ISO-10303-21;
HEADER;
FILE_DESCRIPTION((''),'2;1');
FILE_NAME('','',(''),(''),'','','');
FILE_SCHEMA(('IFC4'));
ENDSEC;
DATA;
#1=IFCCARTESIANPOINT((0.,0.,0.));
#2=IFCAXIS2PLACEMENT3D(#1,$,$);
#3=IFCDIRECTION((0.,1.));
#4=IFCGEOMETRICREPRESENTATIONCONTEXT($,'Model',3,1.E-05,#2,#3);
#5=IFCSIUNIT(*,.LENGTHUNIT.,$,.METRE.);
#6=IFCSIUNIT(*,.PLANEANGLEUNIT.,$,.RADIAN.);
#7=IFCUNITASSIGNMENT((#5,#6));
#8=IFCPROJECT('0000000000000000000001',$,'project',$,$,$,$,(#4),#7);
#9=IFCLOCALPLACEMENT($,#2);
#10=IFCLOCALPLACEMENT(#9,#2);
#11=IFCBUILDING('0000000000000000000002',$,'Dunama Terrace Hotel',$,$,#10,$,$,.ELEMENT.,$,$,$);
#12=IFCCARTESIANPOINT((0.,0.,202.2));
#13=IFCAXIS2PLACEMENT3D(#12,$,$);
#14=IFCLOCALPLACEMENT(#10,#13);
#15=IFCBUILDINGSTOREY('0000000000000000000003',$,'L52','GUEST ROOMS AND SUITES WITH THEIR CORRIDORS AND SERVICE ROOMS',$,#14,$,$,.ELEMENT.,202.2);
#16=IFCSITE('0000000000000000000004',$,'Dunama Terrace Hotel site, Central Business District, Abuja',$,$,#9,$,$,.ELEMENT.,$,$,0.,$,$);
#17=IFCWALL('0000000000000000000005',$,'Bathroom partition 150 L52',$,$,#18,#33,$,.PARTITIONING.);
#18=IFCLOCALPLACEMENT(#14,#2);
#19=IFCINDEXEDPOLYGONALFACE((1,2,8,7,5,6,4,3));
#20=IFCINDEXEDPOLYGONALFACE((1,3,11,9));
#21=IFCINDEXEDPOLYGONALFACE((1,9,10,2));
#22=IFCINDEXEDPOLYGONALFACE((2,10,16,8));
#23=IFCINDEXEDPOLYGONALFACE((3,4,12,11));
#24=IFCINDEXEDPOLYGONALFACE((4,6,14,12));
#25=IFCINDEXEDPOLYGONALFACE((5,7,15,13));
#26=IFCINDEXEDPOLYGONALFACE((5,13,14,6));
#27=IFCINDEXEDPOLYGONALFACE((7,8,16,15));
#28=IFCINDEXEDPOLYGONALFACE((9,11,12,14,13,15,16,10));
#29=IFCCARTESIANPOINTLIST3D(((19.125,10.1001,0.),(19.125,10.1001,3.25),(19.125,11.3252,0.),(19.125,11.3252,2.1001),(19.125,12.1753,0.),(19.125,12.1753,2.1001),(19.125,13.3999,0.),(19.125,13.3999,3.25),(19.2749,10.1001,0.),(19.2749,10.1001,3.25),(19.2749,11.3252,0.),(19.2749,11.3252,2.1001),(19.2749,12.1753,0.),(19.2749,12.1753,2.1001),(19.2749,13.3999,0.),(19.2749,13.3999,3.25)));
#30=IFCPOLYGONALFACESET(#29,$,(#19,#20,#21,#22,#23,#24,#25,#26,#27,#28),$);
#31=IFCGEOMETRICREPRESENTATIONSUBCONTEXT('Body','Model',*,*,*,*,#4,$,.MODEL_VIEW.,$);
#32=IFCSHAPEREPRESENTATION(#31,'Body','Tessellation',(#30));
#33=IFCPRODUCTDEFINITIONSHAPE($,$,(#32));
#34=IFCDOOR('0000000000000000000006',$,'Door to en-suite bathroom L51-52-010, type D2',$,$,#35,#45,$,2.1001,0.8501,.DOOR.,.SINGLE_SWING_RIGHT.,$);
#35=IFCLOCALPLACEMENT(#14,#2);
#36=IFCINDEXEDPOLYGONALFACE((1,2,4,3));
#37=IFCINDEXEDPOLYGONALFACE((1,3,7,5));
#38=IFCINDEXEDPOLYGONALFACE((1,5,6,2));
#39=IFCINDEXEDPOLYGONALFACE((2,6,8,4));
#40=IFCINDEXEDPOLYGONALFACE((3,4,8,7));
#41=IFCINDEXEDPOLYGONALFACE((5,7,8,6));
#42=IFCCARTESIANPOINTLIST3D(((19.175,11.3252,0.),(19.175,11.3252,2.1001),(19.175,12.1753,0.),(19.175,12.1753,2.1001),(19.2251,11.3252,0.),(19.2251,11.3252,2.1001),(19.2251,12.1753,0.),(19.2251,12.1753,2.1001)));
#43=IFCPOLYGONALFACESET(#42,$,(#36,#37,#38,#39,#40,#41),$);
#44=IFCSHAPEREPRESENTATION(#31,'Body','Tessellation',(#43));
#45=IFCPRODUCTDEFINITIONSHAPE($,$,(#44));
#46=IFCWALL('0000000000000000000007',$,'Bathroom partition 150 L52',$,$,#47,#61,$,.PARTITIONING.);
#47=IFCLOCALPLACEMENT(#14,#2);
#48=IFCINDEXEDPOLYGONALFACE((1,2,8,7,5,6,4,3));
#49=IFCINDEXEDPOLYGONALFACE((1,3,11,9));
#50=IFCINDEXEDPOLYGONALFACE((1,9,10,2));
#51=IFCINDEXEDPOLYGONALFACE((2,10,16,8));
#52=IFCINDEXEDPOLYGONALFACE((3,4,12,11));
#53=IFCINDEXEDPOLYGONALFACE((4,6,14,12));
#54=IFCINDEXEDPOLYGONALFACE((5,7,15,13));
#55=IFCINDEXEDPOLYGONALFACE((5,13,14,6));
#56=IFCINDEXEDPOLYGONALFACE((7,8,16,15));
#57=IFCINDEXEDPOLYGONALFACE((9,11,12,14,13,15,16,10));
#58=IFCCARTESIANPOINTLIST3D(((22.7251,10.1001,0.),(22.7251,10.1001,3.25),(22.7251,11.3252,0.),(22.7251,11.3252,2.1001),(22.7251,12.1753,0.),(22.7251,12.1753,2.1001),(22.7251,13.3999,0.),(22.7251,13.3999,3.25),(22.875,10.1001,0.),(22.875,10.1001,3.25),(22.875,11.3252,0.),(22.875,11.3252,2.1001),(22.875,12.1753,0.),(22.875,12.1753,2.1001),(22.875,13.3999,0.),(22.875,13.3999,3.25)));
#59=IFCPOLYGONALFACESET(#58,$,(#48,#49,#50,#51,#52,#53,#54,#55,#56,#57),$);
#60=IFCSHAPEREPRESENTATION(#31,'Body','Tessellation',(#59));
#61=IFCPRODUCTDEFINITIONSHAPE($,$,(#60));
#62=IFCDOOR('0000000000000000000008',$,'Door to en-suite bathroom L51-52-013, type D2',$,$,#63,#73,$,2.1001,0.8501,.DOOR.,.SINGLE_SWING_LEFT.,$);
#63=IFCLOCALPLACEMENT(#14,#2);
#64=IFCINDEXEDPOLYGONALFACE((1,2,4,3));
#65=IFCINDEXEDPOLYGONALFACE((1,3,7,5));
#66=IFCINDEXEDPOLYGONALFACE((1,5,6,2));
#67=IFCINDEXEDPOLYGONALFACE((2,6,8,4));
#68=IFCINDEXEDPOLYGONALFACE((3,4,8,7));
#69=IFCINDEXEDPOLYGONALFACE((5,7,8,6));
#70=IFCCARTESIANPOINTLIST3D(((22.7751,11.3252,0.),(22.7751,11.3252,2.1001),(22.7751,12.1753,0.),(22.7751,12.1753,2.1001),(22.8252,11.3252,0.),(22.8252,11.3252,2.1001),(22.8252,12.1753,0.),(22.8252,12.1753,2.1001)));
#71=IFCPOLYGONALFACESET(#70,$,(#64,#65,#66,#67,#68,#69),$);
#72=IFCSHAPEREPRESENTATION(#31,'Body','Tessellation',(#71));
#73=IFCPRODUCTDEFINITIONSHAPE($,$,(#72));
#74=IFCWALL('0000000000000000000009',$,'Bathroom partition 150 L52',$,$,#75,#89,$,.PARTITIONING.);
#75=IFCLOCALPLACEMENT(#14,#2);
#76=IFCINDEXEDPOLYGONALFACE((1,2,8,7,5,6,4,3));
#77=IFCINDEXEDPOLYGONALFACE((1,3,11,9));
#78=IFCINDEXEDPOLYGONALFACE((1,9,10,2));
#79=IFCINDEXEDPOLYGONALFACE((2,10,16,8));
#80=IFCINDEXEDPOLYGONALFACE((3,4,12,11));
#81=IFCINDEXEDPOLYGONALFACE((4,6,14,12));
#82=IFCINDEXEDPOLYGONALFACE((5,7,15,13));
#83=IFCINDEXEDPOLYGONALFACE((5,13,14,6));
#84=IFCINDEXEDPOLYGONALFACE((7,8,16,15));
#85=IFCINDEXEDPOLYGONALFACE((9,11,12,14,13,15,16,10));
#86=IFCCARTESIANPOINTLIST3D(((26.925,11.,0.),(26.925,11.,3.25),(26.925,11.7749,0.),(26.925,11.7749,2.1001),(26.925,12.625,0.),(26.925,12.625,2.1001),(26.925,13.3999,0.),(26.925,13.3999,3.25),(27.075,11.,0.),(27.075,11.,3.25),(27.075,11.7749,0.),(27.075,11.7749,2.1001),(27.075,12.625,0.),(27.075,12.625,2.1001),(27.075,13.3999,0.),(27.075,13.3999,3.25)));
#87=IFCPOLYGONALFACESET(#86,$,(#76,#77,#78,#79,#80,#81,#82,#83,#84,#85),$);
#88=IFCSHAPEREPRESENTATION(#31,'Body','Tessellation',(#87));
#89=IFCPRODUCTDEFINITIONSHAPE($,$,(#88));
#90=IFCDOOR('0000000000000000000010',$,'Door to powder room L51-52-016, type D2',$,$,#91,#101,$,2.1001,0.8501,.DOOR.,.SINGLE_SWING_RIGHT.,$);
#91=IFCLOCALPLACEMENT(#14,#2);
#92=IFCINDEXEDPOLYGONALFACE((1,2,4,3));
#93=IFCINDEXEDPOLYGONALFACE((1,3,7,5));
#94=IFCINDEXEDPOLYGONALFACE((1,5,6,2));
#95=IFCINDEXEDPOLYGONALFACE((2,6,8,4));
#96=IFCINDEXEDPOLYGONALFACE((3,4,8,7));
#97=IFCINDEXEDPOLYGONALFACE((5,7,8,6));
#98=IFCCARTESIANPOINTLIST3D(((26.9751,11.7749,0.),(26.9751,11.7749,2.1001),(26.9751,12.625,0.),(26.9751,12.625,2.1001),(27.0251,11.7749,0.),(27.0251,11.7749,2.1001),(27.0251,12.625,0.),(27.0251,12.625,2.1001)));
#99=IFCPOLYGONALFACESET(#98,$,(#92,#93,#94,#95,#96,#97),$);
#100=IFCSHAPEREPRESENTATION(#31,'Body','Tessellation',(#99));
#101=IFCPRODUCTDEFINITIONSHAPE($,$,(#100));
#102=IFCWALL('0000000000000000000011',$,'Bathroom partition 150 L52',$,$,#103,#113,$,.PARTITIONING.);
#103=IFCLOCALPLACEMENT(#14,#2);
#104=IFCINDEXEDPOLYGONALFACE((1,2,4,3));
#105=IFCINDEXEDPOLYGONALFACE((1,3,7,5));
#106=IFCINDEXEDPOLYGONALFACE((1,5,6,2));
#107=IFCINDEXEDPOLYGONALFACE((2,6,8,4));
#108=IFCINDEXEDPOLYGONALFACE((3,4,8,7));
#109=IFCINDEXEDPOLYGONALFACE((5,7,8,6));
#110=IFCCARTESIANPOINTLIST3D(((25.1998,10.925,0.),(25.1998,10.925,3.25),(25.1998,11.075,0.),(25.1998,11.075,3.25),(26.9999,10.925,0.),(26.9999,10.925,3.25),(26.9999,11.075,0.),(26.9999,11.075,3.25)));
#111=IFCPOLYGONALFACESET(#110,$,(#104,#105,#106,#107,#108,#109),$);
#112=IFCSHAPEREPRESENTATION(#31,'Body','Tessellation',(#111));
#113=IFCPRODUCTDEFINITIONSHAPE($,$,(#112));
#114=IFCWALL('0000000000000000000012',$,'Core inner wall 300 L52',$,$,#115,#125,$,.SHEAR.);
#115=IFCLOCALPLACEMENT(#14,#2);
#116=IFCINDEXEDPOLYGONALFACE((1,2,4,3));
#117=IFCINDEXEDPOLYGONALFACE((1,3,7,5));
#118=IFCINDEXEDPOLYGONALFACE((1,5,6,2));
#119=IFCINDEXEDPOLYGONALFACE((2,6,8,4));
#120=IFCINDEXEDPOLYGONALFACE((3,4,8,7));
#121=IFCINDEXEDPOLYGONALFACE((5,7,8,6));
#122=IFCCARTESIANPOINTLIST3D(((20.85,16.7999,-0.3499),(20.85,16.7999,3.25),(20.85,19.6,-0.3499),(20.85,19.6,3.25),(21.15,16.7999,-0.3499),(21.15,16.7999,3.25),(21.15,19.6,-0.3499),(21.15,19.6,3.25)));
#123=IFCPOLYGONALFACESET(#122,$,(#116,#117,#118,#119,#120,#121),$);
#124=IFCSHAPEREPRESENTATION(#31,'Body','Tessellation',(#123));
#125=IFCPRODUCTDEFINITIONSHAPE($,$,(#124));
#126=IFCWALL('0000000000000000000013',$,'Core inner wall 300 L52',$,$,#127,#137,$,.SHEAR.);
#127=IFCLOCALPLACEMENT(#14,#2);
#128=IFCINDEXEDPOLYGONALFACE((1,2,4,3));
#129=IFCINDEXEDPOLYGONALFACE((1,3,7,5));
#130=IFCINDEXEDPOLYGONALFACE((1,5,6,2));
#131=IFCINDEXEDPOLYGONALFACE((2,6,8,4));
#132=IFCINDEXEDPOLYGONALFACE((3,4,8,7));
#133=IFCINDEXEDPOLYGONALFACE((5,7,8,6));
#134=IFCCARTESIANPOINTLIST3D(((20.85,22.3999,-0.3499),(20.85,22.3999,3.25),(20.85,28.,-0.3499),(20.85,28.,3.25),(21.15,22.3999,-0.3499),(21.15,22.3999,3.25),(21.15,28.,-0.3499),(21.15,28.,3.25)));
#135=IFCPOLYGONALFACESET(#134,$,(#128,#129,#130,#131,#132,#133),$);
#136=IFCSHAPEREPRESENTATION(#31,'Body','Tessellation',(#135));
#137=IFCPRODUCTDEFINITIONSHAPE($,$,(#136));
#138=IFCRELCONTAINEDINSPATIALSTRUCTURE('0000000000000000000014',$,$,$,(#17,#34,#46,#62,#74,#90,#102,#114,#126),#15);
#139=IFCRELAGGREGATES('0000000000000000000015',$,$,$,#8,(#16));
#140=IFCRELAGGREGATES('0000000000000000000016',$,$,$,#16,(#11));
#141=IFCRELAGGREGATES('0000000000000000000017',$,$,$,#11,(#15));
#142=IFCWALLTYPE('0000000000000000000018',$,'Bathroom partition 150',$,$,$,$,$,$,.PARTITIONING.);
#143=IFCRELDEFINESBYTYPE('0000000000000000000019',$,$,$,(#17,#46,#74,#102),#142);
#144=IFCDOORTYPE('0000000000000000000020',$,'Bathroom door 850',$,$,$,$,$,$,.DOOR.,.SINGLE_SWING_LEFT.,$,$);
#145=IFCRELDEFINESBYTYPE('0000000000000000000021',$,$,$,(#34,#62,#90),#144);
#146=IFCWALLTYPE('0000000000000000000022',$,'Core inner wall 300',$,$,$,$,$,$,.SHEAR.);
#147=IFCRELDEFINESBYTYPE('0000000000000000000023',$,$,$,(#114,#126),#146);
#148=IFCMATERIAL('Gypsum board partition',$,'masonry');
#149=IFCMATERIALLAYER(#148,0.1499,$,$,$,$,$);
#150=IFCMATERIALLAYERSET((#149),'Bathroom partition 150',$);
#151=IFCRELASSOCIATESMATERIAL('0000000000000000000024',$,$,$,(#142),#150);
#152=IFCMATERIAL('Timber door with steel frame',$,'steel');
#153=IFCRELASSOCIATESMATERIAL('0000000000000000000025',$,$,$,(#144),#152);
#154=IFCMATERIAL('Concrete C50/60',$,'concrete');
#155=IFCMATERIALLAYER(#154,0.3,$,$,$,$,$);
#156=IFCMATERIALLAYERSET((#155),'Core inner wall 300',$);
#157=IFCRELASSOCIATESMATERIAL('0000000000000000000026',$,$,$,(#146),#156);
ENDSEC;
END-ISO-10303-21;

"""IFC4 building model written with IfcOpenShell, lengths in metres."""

from ifc_helpers import new_model, si_unit, direction, frame, frame_2d, origin, place, context, subcontext, project, spatial, rectangle, extrude, material, layer, layer_set, type_object, element, fill, save


model = new_model("IFC4")

# Units and contexts
model_context = context("Model", 3, precision=1e-05, world=origin(), true_north=direction((0.0, 1.0)))
body_context = subcontext(model_context, "Body", "Model", "MODEL_VIEW")
ifc_project = project(units=[si_unit("LENGTHUNIT", "METRE"), si_unit("PLANEANGLEUNIT", "RADIAN")], contexts=[model_context])

# Site, building, storey
site_placement = place(None, origin())
site = spatial("IfcSite", under=ifc_project, at=site_placement, Name="Dunama Terrace Hotel site, Central Business District, Abuja", CompositionType="ELEMENT", RefElevation=0.0)
building_placement = place(site_placement, origin())
building = spatial("IfcBuilding", under=site, at=building_placement, Name="Dunama Terrace Hotel", CompositionType="ELEMENT")
storey_placement = place(building_placement, frame((0.0, 0.0, 202.2)))
storey = spatial("IfcBuildingStorey", under=building, at=storey_placement, Name="L52", Description="GUEST ROOMS AND SUITES WITH THEIR CORRIDORS AND SERVICE ROOMS", CompositionType="ELEMENT", Elevation=202.2)

# Walls, openings, doors
ifc_material_1 = material(Name="Gypsum board partition", Category="masonry")
ifc_layer_1 = layer(ifc_material_1, 0.1499)
ifc_layer_set_1 = layer_set([ifc_layer_1], Name="Bathroom partition 150")
wall_type_1 = type_object("IfcWallType", Name="Bathroom partition 150", PredefinedType="PARTITIONING", material=ifc_layer_set_1)
wall_1_placement = place(storey_placement, frame((19.2, 10.1001, 0.0), z_axis=(0.0, 0.0, 1.0), x_axis=(0.0, 1.0, 0.0)))
wall_1 = element("IfcWall", 1, at=wall_1_placement, inside=storey, type_object=wall_type_1, Name="Bathroom partition 150 L52", PredefinedType="PARTITIONING", context=body_context, shape_type="SweptSolid", body=[
    extrude(rectangle(XDim=3.2998, YDim=0.1499, at=frame_2d((1.6499, 0.0))), origin(), (0.0, 0.0, 1.0), 3.25),
])
opening_1_placement = place(wall_1_placement, frame((1.2251, 0.0, 0.0)))
opening_1 = element("IfcOpeningElement", 2, at=opening_1_placement, cuts=wall_1, PredefinedType="OPENING", context=body_context, shape_type="SweptSolid", body=[
    extrude(rectangle(XDim=0.8501, YDim=2.1001, at=frame_2d((0.425, 1.05))), frame((0.0, 0.085, 0.0), z_axis=(0.0, -1.0, 0.0), x_axis=(1.0, 0.0, 0.0)), (0.0, 0.0, 1.0), 0.1699),
])
ifc_material_2 = material(Name="Timber door with steel frame", Category="steel")
door_type_1 = type_object("IfcDoorType", Name="Bathroom door 850", OperationType="SINGLE_SWING_LEFT", PredefinedType="DOOR", material=ifc_material_2)
door_1_placement = place(opening_1_placement, origin())
door_1 = element("IfcDoor", 3, at=door_1_placement, inside=storey, type_object=door_type_1, Name="Door to en-suite bathroom L51-52-010, type D2", OperationType="SINGLE_SWING_RIGHT", OverallHeight=2.1001, OverallWidth=0.8501, PredefinedType="DOOR", context=body_context, shape_type="SweptSolid", body=[
    extrude(rectangle(XDim=0.8501, YDim=2.1001, at=frame_2d((0.425, 1.05))), frame((0.0, 0.0249, 0.0), z_axis=(0.0, -1.0, 0.0), x_axis=(1.0, 0.0, 0.0)), (0.0, 0.0, 1.0), 0.05),
])
fill(opening_1, door_1)
wall_2_placement = place(storey_placement, frame((22.8, 10.1001, 0.0), z_axis=(0.0, 0.0, 1.0), x_axis=(0.0, 1.0, 0.0)))
wall_2 = element("IfcWall", 4, at=wall_2_placement, inside=storey, type_object=wall_type_1, Name="Bathroom partition 150 L52", PredefinedType="PARTITIONING", context=body_context, shape_type="SweptSolid", body=[
    extrude(rectangle(XDim=3.2998, YDim=0.1499, at=frame_2d((1.6499, 0.0))), origin(), (0.0, 0.0, 1.0), 3.25),
])
opening_2_placement = place(wall_2_placement, frame((1.2251, 0.0, 0.0)))
opening_2 = element("IfcOpeningElement", 5, at=opening_2_placement, cuts=wall_2, PredefinedType="OPENING", context=body_context, shape_type="SweptSolid", body=[
    extrude(rectangle(XDim=0.8501, YDim=2.1001, at=frame_2d((0.425, 1.05))), frame((0.0, 0.085, 0.0), z_axis=(0.0, -1.0, 0.0), x_axis=(1.0, 0.0, 0.0)), (0.0, 0.0, 1.0), 0.1699),
])
door_2_placement = place(opening_2_placement, frame((0.8501, 0.0, 0.0), z_axis=(0.0, 0.0, 1.0), x_axis=(-1.0, 0.0, 0.0)))
door_2 = element("IfcDoor", 6, at=door_2_placement, inside=storey, type_object=door_type_1, Name="Door to en-suite bathroom L51-52-013, type D2", OperationType="SINGLE_SWING_LEFT", OverallHeight=2.1001, OverallWidth=0.8501, PredefinedType="DOOR", context=body_context, shape_type="SweptSolid", body=[
    extrude(rectangle(XDim=0.8501, YDim=2.1001, at=frame_2d((0.425, 1.05))), frame((0.0, 0.0251, 0.0), z_axis=(0.0, -1.0, 0.0), x_axis=(1.0, 0.0, 0.0)), (0.0, 0.0, 1.0), 0.05),
])
fill(opening_2, door_2)
wall_3_placement = place(storey_placement, frame((27.0, 11.0, 0.0), z_axis=(0.0, 0.0, 1.0), x_axis=(0.0, 1.0, 0.0)))
wall_3 = element("IfcWall", 7, at=wall_3_placement, inside=storey, type_object=wall_type_1, Name="Bathroom partition 150 L52", PredefinedType="PARTITIONING", context=body_context, shape_type="SweptSolid", body=[
    extrude(rectangle(XDim=2.3999, YDim=0.1499, at=frame_2d((1.2, 0.0))), origin(), (0.0, 0.0, 1.0), 3.25),
])
opening_3_placement = place(wall_3_placement, frame((0.7749, 0.0, 0.0)))
opening_3 = element("IfcOpeningElement", 8, at=opening_3_placement, cuts=wall_3, PredefinedType="OPENING", context=body_context, shape_type="SweptSolid", body=[
    extrude(rectangle(XDim=0.8501, YDim=2.1001, at=frame_2d((0.425, 1.05))), frame((0.0, 0.085, 0.0), z_axis=(0.0, -1.0, 0.0), x_axis=(1.0, 0.0, 0.0)), (0.0, 0.0, 1.0), 0.1699),
])
door_3_placement = place(opening_3_placement, origin())
door_3 = element("IfcDoor", 9, at=door_3_placement, inside=storey, type_object=door_type_1, Name="Door to powder room L51-52-016, type D2", OperationType="SINGLE_SWING_RIGHT", OverallHeight=2.1001, OverallWidth=0.8501, PredefinedType="DOOR", context=body_context, shape_type="SweptSolid", body=[
    extrude(rectangle(XDim=0.8501, YDim=2.1001, at=frame_2d((0.425, 1.05))), frame((0.0, 0.0249, 0.0), z_axis=(0.0, -1.0, 0.0), x_axis=(1.0, 0.0, 0.0)), (0.0, 0.0, 1.0), 0.05),
])
fill(opening_3, door_3)

# Walls
wall_4_placement = place(storey_placement, frame((25.2, 11.0, 0.0), z_axis=(0.0, 0.0, 1.0), x_axis=(1.0, 0.0, 0.0)))
element("IfcWall", 10, at=wall_4_placement, inside=storey, type_object=wall_type_1, Name="Bathroom partition 150 L52", PredefinedType="PARTITIONING", context=body_context, shape_type="SweptSolid", body=[
    extrude(rectangle(XDim=1.8, YDim=0.1499, at=frame_2d((0.8999, 0.0))), origin(), (0.0, 0.0, 1.0), 3.25),
])
ifc_material_3 = material(Name="Concrete C50/60", Category="concrete")
ifc_layer_2 = layer(ifc_material_3, 0.3)
ifc_layer_set_2 = layer_set([ifc_layer_2], Name="Core inner wall 300")
wall_type_2 = type_object("IfcWallType", Name="Core inner wall 300", PredefinedType="SHEAR", material=ifc_layer_set_2)
wall_5_placement = place(storey_placement, frame((21.0, 16.8, -0.3499), z_axis=(0.0, 0.0, 1.0), x_axis=(0.0, 1.0, 0.0)))
element("IfcWall", 11, at=wall_5_placement, inside=storey, type_object=wall_type_2, Name="Core inner wall 300 L52", PredefinedType="SHEAR", context=body_context, shape_type="SweptSolid", body=[
    extrude(rectangle(XDim=2.8, YDim=0.3, at=frame_2d((1.3999, 0.0))), origin(), (0.0, 0.0, 1.0), 3.5999),
])
wall_6_placement = place(storey_placement, frame((21.0, 22.3999, -0.3499), z_axis=(0.0, 0.0, 1.0), x_axis=(0.0, 1.0, 0.0)))
element("IfcWall", 12, at=wall_6_placement, inside=storey, type_object=wall_type_2, Name="Core inner wall 300 L52", PredefinedType="SHEAR", context=body_context, shape_type="SweptSolid", body=[
    extrude(rectangle(XDim=5.6001, YDim=0.3, at=frame_2d((2.8, 0.0))), origin(), (0.0, 0.0, 1.0), 3.5999),
])

save(model, "model.ifc")
